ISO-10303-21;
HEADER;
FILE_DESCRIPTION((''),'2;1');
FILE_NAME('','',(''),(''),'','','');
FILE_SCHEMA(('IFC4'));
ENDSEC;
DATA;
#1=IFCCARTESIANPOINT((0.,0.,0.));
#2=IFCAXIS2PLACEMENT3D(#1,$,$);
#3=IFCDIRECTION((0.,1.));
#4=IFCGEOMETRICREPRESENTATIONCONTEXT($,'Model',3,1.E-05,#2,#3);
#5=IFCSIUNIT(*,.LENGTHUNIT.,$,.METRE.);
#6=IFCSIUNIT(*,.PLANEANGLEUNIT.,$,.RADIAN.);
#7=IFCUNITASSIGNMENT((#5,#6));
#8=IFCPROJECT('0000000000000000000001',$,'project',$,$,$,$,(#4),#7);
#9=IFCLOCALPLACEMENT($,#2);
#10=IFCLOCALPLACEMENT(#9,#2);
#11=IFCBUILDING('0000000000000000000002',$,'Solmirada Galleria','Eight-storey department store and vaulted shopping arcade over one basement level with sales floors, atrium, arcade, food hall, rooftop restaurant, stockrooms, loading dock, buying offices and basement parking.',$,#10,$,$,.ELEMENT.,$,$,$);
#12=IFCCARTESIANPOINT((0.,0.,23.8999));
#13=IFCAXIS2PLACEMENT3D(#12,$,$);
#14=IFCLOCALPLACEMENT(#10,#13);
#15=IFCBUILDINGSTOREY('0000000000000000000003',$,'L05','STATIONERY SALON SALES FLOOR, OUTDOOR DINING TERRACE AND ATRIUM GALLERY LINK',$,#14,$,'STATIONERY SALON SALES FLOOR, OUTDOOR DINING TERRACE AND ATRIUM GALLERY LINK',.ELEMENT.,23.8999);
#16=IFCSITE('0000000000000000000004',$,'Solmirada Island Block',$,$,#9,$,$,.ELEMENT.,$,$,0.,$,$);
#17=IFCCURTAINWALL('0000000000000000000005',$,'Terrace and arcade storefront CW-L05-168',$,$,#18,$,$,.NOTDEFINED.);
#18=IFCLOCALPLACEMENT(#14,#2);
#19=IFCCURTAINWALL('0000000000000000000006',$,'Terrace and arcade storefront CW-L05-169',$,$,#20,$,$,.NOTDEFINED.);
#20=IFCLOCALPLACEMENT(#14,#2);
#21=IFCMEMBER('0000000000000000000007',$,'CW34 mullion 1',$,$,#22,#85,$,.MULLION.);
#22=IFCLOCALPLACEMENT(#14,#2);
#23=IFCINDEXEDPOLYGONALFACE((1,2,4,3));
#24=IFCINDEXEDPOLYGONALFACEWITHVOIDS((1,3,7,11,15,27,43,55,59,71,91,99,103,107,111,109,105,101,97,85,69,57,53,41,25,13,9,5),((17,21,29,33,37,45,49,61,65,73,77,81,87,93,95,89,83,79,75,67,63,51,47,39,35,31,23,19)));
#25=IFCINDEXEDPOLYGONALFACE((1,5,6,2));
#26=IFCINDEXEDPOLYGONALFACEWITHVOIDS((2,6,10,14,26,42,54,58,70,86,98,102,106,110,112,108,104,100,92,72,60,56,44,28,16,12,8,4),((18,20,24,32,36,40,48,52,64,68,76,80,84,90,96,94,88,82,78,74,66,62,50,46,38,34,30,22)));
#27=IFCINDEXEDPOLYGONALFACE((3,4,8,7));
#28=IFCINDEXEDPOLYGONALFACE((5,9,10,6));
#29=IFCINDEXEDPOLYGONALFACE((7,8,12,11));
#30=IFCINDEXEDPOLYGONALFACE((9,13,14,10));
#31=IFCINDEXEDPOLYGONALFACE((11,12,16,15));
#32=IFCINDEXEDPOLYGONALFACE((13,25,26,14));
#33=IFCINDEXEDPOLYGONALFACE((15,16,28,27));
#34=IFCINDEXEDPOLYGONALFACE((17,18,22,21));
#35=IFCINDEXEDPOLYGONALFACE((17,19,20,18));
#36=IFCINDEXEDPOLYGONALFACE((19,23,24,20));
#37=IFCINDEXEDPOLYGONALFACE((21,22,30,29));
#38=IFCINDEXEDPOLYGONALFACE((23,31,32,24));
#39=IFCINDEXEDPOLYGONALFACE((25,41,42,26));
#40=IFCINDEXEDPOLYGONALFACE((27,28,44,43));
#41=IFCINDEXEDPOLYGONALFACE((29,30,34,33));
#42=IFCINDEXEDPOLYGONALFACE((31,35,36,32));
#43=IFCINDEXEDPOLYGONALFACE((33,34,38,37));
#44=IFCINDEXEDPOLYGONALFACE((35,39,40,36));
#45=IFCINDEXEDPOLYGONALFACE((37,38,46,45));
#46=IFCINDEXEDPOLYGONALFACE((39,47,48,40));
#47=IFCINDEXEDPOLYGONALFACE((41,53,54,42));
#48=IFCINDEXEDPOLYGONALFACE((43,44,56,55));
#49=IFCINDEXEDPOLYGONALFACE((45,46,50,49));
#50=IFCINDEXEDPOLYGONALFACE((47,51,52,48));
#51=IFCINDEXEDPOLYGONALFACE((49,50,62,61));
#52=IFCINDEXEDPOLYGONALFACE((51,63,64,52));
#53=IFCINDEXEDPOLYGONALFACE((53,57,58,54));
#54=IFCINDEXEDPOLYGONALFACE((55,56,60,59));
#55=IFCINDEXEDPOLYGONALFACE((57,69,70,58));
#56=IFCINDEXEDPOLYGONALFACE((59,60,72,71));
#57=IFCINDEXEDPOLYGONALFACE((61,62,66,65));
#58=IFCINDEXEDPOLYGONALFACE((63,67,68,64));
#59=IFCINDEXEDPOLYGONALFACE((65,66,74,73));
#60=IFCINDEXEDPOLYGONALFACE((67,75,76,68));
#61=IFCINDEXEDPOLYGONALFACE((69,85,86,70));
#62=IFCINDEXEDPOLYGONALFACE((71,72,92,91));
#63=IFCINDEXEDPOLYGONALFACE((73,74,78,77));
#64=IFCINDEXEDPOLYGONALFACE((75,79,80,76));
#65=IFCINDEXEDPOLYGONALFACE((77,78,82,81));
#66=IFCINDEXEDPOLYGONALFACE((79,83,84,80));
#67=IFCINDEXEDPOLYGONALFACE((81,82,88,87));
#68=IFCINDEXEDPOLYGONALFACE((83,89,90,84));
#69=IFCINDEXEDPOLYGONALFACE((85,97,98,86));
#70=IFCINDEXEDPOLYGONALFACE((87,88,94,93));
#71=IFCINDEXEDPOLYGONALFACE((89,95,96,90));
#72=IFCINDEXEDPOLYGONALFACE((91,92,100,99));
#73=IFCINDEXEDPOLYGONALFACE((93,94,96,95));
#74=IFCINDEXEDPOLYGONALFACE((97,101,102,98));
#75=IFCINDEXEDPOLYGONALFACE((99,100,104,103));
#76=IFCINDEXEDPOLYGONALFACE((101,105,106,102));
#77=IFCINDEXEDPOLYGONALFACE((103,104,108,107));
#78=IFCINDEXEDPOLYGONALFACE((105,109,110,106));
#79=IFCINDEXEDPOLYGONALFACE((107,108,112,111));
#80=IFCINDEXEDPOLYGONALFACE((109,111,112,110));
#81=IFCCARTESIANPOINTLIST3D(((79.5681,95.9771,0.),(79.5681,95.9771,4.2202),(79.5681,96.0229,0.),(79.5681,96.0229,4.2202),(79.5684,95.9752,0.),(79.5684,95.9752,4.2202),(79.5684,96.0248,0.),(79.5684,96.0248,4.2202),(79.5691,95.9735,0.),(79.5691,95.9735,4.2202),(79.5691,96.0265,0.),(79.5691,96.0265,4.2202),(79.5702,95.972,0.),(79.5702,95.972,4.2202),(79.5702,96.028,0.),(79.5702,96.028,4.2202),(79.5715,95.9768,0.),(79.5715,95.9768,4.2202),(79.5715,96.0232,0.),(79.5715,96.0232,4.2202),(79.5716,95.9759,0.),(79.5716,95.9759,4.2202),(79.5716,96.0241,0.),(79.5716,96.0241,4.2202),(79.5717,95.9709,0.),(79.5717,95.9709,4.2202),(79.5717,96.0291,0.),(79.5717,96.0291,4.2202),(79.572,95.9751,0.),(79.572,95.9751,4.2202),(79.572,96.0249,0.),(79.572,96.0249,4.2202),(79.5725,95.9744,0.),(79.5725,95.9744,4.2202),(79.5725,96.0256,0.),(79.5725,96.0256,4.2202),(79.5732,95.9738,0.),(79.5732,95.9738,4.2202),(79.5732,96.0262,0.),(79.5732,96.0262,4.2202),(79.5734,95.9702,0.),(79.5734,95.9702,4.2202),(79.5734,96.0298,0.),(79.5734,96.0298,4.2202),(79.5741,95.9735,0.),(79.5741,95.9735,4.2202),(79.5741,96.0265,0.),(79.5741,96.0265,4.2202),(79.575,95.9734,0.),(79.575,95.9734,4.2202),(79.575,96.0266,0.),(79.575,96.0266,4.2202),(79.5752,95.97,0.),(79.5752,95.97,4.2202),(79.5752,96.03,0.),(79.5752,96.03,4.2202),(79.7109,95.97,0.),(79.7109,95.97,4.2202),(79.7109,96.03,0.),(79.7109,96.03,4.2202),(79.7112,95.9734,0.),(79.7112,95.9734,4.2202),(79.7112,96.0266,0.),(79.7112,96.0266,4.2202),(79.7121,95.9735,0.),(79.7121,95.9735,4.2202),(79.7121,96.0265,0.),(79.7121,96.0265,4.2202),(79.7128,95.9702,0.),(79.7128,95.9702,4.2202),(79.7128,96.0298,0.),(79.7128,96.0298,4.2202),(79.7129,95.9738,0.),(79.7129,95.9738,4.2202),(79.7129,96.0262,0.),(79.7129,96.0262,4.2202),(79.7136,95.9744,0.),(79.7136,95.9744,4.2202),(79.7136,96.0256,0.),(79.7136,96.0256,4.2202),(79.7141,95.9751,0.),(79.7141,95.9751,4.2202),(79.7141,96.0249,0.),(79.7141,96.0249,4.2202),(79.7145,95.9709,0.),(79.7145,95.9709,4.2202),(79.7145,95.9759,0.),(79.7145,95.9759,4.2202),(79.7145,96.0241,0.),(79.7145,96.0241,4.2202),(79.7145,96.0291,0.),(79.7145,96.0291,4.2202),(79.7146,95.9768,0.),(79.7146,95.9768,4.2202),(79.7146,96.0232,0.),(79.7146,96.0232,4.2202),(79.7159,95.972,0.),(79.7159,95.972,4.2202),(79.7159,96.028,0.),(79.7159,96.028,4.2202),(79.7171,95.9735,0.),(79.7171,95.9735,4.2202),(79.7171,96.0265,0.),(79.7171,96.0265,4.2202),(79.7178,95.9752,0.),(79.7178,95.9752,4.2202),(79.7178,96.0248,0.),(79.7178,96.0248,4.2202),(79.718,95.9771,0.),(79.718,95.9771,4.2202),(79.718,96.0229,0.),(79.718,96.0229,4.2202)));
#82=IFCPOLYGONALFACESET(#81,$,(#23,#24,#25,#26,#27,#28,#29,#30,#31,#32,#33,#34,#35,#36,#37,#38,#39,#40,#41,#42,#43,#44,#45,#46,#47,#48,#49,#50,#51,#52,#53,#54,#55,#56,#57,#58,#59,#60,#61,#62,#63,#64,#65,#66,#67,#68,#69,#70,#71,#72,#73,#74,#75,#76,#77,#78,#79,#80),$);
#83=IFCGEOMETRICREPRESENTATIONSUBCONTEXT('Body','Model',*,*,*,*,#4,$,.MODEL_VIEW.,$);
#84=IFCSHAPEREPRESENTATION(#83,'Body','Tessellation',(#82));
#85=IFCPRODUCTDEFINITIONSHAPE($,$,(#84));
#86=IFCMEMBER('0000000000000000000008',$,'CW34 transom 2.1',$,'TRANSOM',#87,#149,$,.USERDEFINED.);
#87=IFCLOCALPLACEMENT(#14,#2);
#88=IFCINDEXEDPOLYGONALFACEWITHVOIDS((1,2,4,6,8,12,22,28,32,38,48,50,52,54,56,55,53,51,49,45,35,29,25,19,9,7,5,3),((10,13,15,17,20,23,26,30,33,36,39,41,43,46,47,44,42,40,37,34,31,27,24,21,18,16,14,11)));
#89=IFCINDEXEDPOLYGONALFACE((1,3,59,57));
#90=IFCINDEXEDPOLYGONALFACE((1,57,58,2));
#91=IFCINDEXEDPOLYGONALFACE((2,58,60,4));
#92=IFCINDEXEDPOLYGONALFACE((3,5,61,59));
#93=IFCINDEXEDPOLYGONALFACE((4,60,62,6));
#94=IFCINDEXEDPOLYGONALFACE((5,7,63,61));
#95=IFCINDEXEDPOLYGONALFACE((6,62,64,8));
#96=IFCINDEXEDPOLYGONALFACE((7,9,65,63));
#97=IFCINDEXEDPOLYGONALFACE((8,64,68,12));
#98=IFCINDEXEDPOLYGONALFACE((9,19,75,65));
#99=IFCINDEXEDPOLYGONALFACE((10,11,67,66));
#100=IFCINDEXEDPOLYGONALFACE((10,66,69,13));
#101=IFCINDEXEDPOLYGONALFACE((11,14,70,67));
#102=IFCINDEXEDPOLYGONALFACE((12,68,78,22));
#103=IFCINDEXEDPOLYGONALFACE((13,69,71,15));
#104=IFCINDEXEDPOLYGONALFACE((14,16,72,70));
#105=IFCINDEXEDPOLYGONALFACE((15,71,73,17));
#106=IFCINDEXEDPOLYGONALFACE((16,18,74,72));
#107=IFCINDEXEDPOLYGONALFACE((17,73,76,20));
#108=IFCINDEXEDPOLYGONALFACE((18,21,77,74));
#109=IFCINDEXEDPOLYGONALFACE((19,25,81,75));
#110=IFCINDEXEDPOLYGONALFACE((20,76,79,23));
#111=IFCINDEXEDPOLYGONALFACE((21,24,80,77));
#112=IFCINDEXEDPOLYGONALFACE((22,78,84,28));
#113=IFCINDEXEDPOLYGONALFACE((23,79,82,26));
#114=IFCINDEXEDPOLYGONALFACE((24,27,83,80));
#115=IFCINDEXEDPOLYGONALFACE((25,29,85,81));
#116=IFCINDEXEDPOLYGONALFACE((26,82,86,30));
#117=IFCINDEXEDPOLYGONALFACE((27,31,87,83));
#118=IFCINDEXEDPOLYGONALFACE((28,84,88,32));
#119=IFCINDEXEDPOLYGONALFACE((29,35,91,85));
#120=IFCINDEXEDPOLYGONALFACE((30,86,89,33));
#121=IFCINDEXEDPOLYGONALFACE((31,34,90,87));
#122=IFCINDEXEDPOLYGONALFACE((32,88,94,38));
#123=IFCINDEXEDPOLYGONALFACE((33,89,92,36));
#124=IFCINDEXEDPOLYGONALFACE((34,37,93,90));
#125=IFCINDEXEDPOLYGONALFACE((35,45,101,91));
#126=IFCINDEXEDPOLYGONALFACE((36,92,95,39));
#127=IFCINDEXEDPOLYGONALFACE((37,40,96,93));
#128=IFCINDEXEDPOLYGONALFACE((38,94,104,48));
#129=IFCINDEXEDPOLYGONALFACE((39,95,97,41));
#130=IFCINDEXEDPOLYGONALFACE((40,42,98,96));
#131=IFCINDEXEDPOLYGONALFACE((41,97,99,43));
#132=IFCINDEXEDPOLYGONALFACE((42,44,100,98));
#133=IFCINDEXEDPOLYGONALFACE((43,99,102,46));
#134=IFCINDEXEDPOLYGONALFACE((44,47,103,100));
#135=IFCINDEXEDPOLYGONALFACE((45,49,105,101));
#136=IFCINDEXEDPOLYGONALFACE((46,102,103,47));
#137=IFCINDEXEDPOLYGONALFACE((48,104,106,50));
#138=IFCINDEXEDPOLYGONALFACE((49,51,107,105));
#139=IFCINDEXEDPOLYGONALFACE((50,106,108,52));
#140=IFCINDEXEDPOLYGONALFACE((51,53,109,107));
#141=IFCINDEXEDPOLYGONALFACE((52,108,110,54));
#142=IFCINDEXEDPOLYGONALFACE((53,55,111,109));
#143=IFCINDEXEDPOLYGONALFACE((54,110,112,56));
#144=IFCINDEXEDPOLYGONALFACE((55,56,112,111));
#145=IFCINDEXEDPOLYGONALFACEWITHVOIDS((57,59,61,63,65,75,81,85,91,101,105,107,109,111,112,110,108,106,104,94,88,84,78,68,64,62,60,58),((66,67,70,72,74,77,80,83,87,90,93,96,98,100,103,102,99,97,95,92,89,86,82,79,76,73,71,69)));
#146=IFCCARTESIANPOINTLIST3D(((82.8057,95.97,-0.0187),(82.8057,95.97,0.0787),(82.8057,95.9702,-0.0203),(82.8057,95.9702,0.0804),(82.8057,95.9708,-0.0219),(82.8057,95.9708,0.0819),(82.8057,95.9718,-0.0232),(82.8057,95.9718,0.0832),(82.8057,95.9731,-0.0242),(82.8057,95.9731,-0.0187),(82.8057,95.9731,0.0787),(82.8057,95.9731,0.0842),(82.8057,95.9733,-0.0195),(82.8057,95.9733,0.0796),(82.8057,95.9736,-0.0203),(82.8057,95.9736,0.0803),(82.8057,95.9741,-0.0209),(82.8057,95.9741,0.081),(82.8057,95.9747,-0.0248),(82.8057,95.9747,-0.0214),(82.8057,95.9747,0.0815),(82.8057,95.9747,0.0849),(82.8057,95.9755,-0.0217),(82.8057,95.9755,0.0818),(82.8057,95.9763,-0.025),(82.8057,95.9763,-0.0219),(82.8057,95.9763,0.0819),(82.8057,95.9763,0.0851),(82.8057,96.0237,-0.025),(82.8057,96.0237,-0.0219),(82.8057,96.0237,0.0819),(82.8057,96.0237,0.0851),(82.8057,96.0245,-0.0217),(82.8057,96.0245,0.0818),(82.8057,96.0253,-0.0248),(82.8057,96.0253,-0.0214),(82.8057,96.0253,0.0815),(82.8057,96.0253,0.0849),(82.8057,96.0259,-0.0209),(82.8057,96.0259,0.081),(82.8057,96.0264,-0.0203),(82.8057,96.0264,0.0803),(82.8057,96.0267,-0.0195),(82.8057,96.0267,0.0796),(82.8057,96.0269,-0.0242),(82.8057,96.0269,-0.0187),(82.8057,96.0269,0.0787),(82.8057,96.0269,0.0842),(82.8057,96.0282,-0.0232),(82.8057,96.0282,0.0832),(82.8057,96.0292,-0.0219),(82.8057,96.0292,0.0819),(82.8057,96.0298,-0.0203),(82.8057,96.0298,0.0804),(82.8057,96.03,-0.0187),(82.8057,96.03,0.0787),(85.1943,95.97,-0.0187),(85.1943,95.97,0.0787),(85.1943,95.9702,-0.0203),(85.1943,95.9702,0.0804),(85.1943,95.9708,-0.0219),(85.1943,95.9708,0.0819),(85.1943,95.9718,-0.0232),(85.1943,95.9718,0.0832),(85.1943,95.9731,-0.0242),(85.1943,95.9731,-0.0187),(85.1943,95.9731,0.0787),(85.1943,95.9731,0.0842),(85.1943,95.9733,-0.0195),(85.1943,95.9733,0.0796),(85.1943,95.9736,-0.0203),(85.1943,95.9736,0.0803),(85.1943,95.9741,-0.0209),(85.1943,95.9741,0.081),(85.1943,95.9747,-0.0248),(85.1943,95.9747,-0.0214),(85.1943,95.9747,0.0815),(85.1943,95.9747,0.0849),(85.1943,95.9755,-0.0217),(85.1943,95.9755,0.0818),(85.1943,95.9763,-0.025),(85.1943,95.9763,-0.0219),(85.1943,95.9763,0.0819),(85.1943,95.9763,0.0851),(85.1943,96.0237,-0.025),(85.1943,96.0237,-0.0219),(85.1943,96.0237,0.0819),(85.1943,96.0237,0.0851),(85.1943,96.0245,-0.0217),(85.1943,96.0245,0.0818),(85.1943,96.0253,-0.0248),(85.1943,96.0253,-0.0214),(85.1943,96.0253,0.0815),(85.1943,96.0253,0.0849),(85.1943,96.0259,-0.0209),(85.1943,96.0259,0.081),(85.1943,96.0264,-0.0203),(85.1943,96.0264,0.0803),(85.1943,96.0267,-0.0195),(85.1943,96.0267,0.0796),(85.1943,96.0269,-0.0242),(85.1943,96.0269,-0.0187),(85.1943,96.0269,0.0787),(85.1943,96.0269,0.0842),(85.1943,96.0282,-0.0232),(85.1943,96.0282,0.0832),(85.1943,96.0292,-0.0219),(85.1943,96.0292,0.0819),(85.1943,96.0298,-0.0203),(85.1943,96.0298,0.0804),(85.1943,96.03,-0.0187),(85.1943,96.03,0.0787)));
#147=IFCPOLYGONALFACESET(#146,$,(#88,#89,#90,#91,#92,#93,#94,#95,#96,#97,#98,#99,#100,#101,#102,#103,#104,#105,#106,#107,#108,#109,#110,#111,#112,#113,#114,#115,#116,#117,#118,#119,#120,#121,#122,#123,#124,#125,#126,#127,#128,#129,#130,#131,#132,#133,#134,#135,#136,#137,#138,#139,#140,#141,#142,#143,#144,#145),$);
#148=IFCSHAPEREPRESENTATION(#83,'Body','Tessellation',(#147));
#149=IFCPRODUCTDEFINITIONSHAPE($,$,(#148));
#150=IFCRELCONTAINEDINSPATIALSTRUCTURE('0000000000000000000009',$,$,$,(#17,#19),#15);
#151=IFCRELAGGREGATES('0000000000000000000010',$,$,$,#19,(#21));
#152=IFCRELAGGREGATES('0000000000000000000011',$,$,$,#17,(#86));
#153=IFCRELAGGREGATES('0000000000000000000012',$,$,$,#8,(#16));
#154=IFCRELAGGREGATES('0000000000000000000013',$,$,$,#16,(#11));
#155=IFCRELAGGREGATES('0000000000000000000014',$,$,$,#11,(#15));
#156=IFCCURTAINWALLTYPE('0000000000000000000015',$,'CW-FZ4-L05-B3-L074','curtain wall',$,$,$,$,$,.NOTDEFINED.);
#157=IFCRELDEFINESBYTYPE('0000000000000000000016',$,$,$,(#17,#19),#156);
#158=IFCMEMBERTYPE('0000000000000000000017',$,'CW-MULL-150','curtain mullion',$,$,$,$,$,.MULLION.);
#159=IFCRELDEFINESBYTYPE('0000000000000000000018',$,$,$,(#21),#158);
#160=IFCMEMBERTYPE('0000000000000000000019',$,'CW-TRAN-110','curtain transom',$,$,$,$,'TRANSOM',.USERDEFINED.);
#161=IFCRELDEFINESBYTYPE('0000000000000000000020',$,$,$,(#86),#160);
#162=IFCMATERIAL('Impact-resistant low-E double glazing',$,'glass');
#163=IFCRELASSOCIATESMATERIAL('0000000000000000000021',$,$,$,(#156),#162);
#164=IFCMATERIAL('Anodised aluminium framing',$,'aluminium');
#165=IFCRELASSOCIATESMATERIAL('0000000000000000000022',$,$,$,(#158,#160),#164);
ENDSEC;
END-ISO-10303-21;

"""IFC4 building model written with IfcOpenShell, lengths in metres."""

from ifc_helpers import new_model, si_unit, direction, frame, origin, origin_2d, place, context, subcontext, project, spatial, hollow_rectangle, extrude, material, material_profile, profile_set, type_object, element, aggregate, save


model = new_model("IFC4")

# Units and contexts
model_context = context("Model", 3, precision=1e-05, world=origin(), true_north=direction((0.0, 1.0)))
body_context = subcontext(model_context, "Body", "Model", "MODEL_VIEW")
ifc_project = project(units=[si_unit("LENGTHUNIT", "METRE"), si_unit("PLANEANGLEUNIT", "RADIAN")], contexts=[model_context])

# Site, building, storey
site_placement = place(None, origin())
site = spatial("IfcSite", under=ifc_project, at=site_placement, Name="Solmirada Island Block", CompositionType="ELEMENT", RefElevation=0.0)
building_placement = place(site_placement, origin())
building = spatial("IfcBuilding", under=site, at=building_placement, Name="Solmirada Galleria", Description="Eight-storey department store and vaulted shopping arcade over one basement level with sales floors, atrium, arcade, food hall, rooftop restaurant, stockrooms, loading dock, buying offices and basement parking.", CompositionType="ELEMENT")
storey_placement = place(building_placement, frame((0.0, 0.0, 23.8999)))
storey = spatial("IfcBuildingStorey", under=building, at=storey_placement, Name="L05", Description="STATIONERY SALON SALES FLOOR, OUTDOOR DINING TERRACE AND ATRIUM GALLERY LINK", LongName="STATIONERY SALON SALES FLOOR, OUTDOOR DINING TERRACE AND ATRIUM GALLERY LINK", CompositionType="ELEMENT", Elevation=23.8999)

# Curtain wall
ifc_material_1 = material(Name="Impact-resistant low-E double glazing", Category="glass")
curtain_wall_type = type_object("IfcCurtainWallType", Name="CW-FZ4-L05-B3-L074", Description="curtain wall", PredefinedType="NOTDEFINED", material=ifc_material_1)
curtain_wall_1_placement = place(storey_placement, origin())
curtain_wall_1 = element("IfcCurtainWall", 1, at=curtain_wall_1_placement, inside=storey, type_object=curtain_wall_type, Name="Terrace and arcade storefront CW-L05-168", PredefinedType="NOTDEFINED")
ifc_material_2 = material(Name="Anodised aluminium framing", Category="aluminium")
ifc_material_profile_1 = material_profile(ifc_material_2, hollow_rectangle(XDim=0.0601, YDim=0.1499, WallThickness=0.0034, InnerFilletRadius=0.0034, OuterFilletRadius=0.0071, at=origin_2d()), Name="ALU-MULL-150X60")
ifc_profile_set_1 = profile_set([ifc_material_profile_1], Name="Anodised aluminium framing")
member_type_1 = type_object("IfcMemberType", Name="CW-MULL-150", Description="curtain mullion", PredefinedType="MULLION", material=ifc_profile_set_1)

# Curtain wall, member
curtain_wall_2_placement = place(storey_placement, origin())
curtain_wall_2 = element("IfcCurtainWall", 2, at=curtain_wall_2_placement, inside=storey, type_object=curtain_wall_type, Name="Terrace and arcade storefront CW-L05-169", PredefinedType="NOTDEFINED")
member_1_placement = place(storey_placement, frame((79.6431, 96.0, 0.0), z_axis=(0.0, 0.0, 1.0), x_axis=(0.0, -1.0, 0.0)))
member_1 = element("IfcMember", 3, at=member_1_placement, type_object=member_type_1, Name="CW34 mullion 1", PredefinedType="MULLION", context=body_context, shape_type="SweptSolid", body=[
    extrude(hollow_rectangle(XDim=0.0601, YDim=0.1499, WallThickness=0.0034, InnerFilletRadius=0.0034, OuterFilletRadius=0.0071, at=origin_2d()), origin(), (0.0, 0.0, 1.0), 4.2202),
])

# Member
ifc_material_profile_2 = material_profile(ifc_material_2, hollow_rectangle(XDim=0.0601, YDim=0.1101, WallThickness=0.0032, InnerFilletRadius=0.0032, OuterFilletRadius=0.0063, at=origin_2d()), Name="ALU-TRAN-110X60")
ifc_profile_set_2 = profile_set([ifc_material_profile_2], Name="Anodised aluminium framing")
member_type_2 = type_object("IfcMemberType", Name="CW-TRAN-110", Description="curtain transom", ElementType="TRANSOM", PredefinedType="USERDEFINED", material=ifc_profile_set_2)
member_2_placement = place(storey_placement, frame((85.1943, 96.0, 0.03), z_axis=(-1.0, 0.0, 0.0), x_axis=(0.0, -1.0, 0.0)))
member_2 = element("IfcMember", 4, at=member_2_placement, type_object=member_type_2, Name="CW34 transom 2.1", ObjectType="TRANSOM", PredefinedType="USERDEFINED", context=body_context, shape_type="SweptSolid", body=[
    extrude(hollow_rectangle(XDim=0.0601, YDim=0.1101, WallThickness=0.0032, InnerFilletRadius=0.0032, OuterFilletRadius=0.0063, at=origin_2d()), origin(), (0.0, 0.0, 1.0), 2.3887),
])
aggregate(curtain_wall_2, [member_1])

aggregate(curtain_wall_1, [member_2])

save(model, "model.ifc")
